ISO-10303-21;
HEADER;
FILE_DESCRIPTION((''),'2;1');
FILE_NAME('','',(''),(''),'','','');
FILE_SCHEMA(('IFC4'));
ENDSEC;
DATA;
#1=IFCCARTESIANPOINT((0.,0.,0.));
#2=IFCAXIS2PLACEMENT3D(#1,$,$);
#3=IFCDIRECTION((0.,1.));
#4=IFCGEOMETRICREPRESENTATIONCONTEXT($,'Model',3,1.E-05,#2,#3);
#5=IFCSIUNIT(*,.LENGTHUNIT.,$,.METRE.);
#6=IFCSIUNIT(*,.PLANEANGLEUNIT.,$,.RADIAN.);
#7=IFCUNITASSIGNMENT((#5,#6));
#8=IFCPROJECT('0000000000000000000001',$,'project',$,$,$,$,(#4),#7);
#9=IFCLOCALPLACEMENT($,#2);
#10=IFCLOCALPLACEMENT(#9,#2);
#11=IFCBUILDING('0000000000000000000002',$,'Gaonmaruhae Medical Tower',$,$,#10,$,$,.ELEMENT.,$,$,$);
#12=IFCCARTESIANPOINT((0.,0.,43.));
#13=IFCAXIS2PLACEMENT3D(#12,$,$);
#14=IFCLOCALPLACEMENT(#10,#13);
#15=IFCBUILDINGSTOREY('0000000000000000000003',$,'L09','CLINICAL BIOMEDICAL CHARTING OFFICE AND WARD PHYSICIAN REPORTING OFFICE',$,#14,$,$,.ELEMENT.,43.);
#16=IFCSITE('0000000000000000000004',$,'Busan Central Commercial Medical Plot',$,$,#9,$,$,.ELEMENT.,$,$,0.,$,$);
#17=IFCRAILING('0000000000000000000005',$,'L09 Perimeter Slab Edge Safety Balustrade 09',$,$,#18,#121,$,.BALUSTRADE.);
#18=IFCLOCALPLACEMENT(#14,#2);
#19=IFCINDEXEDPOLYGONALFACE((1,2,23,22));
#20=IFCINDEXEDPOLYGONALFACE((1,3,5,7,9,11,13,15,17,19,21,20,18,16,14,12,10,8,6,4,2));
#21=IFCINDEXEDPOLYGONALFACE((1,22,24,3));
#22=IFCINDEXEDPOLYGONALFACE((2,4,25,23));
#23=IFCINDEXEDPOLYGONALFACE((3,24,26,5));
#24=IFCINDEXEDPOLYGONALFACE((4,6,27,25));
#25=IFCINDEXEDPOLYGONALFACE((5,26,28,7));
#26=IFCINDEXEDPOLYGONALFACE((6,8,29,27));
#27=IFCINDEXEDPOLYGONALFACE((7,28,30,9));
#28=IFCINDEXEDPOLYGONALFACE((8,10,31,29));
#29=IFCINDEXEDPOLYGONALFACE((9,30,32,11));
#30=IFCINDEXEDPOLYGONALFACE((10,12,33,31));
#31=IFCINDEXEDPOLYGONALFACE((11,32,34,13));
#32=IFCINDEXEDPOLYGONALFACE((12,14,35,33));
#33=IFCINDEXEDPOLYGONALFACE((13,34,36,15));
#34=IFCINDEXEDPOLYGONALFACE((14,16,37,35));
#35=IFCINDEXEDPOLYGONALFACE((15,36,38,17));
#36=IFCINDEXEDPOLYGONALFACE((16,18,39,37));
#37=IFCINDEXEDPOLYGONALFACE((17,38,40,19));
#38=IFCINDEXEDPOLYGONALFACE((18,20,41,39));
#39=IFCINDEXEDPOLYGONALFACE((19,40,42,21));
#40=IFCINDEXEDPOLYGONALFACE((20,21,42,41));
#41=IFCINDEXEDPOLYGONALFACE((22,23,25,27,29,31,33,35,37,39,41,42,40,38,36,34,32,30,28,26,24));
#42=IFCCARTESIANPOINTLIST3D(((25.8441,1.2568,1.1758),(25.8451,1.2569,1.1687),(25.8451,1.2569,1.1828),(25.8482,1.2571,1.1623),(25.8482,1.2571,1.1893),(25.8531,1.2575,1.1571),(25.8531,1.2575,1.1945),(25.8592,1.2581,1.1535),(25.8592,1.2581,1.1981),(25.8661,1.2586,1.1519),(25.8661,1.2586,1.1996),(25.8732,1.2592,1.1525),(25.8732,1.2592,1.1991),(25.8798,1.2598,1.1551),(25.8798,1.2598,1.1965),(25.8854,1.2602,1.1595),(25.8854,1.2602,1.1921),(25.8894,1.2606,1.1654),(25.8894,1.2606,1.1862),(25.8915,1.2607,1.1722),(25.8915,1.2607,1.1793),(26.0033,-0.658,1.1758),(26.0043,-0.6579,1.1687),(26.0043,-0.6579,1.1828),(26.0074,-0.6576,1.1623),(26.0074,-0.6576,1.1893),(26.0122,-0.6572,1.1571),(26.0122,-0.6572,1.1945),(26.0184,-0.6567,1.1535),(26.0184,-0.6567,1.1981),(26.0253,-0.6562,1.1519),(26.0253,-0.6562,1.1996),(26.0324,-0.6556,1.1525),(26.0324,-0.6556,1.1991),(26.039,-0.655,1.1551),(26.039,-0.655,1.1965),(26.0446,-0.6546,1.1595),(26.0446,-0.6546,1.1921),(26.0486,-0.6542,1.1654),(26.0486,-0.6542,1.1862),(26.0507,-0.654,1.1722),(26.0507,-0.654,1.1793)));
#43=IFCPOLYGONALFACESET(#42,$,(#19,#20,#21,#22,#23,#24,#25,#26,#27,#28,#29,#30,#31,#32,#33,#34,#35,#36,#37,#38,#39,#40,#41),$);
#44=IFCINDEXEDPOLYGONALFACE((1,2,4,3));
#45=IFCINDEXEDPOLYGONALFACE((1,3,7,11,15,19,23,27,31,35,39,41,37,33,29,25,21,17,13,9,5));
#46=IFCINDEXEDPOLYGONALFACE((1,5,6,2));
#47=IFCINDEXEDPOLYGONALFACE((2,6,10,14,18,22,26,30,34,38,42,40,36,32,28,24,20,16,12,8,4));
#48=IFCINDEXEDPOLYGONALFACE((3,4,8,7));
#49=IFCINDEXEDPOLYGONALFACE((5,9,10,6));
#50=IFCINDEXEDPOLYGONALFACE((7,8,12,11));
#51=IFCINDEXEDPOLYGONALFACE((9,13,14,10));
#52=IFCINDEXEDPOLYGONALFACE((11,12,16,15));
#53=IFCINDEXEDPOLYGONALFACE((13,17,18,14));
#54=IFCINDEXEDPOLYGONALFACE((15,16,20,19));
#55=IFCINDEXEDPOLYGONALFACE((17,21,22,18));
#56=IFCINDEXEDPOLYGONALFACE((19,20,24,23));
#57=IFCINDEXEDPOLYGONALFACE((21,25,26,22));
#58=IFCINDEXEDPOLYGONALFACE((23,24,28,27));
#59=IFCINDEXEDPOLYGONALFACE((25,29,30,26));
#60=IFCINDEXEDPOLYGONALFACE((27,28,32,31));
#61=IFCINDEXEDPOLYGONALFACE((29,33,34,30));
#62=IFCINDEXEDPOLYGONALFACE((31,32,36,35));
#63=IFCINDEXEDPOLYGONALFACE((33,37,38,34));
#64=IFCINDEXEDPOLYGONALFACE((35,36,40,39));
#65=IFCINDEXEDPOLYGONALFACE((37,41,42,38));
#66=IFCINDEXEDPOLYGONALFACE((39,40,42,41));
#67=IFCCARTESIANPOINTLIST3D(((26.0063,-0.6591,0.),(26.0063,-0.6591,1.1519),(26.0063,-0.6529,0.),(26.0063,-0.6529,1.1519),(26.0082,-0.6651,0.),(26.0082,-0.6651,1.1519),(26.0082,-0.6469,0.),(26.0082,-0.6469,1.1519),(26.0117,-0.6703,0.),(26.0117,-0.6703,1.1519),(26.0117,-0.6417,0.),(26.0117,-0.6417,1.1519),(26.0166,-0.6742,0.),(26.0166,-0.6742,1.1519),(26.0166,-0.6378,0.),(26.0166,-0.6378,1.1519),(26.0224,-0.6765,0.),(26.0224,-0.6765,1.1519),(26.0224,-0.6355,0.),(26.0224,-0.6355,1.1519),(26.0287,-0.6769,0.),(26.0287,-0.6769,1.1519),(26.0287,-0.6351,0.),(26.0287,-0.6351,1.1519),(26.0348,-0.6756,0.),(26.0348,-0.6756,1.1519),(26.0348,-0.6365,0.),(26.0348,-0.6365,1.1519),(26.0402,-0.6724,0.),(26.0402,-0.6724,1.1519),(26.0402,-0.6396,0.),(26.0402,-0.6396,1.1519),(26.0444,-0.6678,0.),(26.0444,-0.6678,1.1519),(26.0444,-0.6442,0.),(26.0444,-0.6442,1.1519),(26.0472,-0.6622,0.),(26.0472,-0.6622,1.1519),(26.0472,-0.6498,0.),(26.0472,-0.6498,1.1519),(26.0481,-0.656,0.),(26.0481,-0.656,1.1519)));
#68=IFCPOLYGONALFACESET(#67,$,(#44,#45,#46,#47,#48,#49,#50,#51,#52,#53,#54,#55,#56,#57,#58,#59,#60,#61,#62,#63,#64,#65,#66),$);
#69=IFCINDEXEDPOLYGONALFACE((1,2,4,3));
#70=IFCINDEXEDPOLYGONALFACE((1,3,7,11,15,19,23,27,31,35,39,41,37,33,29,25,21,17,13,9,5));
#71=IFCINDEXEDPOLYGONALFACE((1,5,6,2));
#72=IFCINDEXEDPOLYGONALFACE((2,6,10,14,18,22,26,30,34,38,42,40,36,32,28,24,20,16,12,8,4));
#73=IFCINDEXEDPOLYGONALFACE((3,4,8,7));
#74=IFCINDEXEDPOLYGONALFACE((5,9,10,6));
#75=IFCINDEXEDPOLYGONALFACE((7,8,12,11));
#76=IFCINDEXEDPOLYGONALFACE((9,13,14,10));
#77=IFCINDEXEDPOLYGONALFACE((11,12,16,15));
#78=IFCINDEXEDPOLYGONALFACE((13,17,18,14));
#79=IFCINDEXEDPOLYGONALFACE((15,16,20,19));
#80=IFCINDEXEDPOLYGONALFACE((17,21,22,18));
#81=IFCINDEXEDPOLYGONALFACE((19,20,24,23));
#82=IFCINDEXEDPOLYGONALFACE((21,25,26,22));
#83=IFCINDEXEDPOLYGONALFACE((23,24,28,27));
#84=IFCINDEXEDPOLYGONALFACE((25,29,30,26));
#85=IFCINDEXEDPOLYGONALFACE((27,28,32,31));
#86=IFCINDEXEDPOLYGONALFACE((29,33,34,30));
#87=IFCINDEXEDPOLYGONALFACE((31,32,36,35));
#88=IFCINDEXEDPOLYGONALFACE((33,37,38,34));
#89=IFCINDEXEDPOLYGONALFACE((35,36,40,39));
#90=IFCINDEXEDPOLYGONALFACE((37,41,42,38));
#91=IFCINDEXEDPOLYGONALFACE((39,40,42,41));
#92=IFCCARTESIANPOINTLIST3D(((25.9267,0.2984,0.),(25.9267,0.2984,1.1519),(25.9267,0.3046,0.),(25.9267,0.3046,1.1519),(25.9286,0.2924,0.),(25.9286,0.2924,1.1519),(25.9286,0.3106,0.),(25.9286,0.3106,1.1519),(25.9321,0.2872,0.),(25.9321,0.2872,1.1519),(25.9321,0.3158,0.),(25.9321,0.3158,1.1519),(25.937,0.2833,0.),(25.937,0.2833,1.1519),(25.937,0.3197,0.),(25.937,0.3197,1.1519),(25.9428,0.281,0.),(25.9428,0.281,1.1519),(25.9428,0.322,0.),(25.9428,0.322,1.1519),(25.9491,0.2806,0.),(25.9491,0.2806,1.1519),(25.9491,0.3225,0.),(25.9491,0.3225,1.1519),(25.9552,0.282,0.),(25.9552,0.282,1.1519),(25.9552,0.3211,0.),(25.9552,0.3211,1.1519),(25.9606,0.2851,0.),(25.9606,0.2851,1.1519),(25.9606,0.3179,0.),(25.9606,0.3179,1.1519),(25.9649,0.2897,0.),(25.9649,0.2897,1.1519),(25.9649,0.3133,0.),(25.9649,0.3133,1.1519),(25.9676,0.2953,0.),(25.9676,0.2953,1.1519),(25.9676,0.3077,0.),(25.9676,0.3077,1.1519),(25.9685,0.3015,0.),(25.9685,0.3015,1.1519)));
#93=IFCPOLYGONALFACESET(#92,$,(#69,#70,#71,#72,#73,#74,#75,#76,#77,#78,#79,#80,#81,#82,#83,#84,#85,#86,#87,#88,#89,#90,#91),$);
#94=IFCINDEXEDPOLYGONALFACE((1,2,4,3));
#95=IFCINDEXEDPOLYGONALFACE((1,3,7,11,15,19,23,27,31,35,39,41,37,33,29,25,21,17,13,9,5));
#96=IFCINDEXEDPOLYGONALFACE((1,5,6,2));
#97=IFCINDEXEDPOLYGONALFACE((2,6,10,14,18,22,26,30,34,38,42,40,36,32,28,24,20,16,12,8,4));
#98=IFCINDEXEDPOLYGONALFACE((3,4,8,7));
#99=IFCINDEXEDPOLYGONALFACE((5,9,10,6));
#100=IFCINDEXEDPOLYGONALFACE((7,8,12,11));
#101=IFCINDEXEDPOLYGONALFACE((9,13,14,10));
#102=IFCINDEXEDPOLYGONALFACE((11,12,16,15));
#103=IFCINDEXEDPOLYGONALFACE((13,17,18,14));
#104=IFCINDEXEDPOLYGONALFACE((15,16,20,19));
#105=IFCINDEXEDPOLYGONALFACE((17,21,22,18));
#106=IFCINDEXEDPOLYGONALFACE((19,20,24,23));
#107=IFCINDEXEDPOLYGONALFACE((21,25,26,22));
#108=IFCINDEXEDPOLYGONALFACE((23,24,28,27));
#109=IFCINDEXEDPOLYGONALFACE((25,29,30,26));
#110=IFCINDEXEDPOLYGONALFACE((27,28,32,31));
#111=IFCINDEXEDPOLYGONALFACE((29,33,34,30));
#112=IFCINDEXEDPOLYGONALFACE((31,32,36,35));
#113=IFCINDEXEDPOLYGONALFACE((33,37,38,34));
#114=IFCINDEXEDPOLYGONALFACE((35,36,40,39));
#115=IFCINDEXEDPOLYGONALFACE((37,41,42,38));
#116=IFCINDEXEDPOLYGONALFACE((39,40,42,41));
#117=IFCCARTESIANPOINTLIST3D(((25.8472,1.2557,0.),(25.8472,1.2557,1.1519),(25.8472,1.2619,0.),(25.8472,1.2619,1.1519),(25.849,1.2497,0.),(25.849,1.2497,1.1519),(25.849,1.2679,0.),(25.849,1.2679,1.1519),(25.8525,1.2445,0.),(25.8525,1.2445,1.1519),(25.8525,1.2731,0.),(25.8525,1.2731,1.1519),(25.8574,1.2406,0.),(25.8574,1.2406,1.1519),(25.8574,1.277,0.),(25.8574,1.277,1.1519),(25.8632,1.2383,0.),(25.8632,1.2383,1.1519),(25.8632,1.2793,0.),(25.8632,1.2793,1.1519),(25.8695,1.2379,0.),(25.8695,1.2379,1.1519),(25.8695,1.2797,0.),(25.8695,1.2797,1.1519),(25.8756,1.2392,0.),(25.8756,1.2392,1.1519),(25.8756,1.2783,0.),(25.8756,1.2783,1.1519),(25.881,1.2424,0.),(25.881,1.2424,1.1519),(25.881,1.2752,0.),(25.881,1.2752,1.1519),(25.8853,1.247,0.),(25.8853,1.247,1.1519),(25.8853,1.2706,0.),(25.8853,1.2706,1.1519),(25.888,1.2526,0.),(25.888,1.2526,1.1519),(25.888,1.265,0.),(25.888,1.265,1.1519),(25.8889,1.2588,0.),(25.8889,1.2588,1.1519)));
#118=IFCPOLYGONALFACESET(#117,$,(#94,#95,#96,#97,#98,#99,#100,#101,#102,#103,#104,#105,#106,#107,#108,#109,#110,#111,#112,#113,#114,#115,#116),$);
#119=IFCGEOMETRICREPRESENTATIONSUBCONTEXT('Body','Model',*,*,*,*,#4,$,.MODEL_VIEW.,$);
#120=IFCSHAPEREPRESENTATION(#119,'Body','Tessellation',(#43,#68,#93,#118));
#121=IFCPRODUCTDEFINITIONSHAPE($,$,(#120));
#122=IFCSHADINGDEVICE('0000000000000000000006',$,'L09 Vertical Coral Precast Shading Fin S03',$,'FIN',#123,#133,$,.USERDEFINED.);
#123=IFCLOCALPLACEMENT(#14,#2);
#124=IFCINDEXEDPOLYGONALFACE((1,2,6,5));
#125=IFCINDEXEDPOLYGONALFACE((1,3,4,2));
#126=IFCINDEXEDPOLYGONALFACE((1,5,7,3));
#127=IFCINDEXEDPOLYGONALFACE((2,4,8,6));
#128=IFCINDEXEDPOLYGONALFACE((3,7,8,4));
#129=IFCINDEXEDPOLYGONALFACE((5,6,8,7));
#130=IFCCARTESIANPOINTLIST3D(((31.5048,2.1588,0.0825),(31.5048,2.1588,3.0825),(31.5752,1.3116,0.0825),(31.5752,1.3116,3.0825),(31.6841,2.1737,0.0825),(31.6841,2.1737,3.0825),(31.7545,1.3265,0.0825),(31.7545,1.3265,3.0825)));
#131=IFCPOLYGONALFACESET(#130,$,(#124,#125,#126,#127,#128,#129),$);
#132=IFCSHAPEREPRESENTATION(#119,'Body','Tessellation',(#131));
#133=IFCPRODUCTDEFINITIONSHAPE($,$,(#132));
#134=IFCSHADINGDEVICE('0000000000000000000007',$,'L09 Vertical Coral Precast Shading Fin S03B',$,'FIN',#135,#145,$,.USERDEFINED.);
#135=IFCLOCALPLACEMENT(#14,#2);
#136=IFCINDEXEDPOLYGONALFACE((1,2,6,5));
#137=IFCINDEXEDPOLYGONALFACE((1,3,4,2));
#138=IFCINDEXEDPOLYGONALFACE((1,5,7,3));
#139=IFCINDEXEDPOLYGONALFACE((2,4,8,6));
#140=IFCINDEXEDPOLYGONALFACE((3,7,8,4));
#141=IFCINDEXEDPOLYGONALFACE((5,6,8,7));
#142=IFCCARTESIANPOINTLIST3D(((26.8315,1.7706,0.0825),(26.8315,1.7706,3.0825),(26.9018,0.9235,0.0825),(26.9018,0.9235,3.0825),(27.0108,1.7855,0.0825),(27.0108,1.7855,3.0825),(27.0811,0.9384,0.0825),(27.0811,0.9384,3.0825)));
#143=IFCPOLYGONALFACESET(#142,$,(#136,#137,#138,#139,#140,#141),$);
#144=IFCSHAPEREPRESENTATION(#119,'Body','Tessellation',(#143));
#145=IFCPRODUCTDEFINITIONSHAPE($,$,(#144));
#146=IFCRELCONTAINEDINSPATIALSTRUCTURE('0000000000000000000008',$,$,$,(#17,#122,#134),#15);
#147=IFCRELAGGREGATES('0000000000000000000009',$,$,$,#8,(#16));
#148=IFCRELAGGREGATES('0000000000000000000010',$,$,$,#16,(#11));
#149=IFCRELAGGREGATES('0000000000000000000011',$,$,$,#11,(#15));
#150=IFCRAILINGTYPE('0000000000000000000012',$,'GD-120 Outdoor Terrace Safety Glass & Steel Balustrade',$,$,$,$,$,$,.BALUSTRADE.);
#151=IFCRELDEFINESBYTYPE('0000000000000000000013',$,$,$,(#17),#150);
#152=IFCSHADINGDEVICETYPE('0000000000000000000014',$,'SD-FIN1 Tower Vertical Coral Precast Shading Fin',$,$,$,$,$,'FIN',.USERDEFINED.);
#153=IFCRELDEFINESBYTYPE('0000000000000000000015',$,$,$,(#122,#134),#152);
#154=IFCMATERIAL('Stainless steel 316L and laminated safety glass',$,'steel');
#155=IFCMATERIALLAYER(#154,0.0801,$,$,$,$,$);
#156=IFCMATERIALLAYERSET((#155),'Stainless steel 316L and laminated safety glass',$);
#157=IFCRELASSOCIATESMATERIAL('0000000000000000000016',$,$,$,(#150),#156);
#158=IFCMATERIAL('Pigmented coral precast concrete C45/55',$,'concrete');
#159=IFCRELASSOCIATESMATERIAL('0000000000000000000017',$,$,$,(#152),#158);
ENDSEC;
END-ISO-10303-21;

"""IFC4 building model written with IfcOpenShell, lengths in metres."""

from ifc_helpers import new_model, si_unit, direction, frame, origin, origin_2d, place, context, subcontext, project, spatial, rectangle, circle, extrude, material, layer, layer_set, type_object, element, save


model = new_model("IFC4")

# Units and contexts
model_context = context("Model", 3, precision=1e-05, world=origin(), true_north=direction((0.0, 1.0)))
body_context = subcontext(model_context, "Body", "Model", "MODEL_VIEW")
ifc_project = project(units=[si_unit("LENGTHUNIT", "METRE"), si_unit("PLANEANGLEUNIT", "RADIAN")], contexts=[model_context])

# Site, building, storey
site_placement = place(None, origin())
site = spatial("IfcSite", under=ifc_project, at=site_placement, Name="Busan Central Commercial Medical Plot", CompositionType="ELEMENT", RefElevation=0.0)
building_placement = place(site_placement, origin())
building = spatial("IfcBuilding", under=site, at=building_placement, Name="Gaonmaruhae Medical Tower", CompositionType="ELEMENT")
storey_placement = place(building_placement, frame((0.0, 0.0, 43.0)))
storey = spatial("IfcBuildingStorey", under=building, at=storey_placement, Name="L09", Description="CLINICAL BIOMEDICAL CHARTING OFFICE AND WARD PHYSICIAN REPORTING OFFICE", CompositionType="ELEMENT", Elevation=43.0)

# Railing
ifc_material_1 = material(Name="Stainless steel 316L and laminated safety glass", Category="steel")
ifc_layer_1 = layer(ifc_material_1, 0.0801)
ifc_layer_set_1 = layer_set([ifc_layer_1], Name="Stainless steel 316L and laminated safety glass")
railing_type = type_object("IfcRailingType", Name="GD-120 Outdoor Terrace Safety Glass & Steel Balustrade", PredefinedType="BALUSTRADE", material=ifc_layer_set_1)
railing_1_placement = place(storey_placement, frame((26.0271, -0.656, 0.0)))
element("IfcRailing", 1, at=railing_1_placement, inside=storey, type_object=railing_type, Name="L09 Perimeter Slab Edge Safety Balustrade 09", PredefinedType="BALUSTRADE", context=body_context, shape_type="SweptSolid", body=[
    extrude(circle(Radius=0.0239, at=origin_2d()), frame((0.0, 0.0, 1.1758), z_axis=(-0.082846, 0.996562, 0.0), x_axis=(-0.996562, -0.082846, 0.0)), (0.0, 0.0, 1.0), 1.9214),
    extrude(circle(Radius=0.021, at=origin_2d()), origin(), (0.0, 0.0, 1.0), 1.1519),
    extrude(circle(Radius=0.021, at=origin_2d()), frame((-0.0796, 0.9575, 0.0)), (0.0, 0.0, 1.0), 1.1519),
    extrude(circle(Radius=0.021, at=origin_2d()), frame((-0.1592, 1.9148, 0.0)), (0.0, 0.0, 1.0), 1.1519),
])

# Shading devices
ifc_material_2 = material(Name="Pigmented coral precast concrete C45/55", Category="concrete")
shading_device_type = type_object("IfcShadingDeviceType", Name="SD-FIN1 Tower Vertical Coral Precast Shading Fin", ElementType="FIN", PredefinedType="USERDEFINED", material=ifc_material_2)
for number, where, z_axis, x_axis, name in (
    (2, (31.6296, 1.7427, 0.0825), (0.0, 0.0, 1.0), (-0.996567, -0.082791, 0.0), "L09 Vertical Coral Precast Shading Fin S03"),
    (3, (26.9563, 1.3545, 0.0825), (0.0, 0.0, 1.0), (-0.996567, -0.082791, 0.0), "L09 Vertical Coral Precast Shading Fin S03B"),
):
    element("IfcShadingDevice", number, at=place(storey_placement, frame(where, z_axis=z_axis, x_axis=x_axis)), inside=storey, type_object=shading_device_type, Name=name, ObjectType="FIN", PredefinedType="USERDEFINED", context=body_context, shape_type="SweptSolid", body=[
        extrude(rectangle(XDim=0.1799, YDim=0.8501, at=origin_2d()), origin(), (0.0, 0.0, 1.0), 3.0),
    ])

save(model, "model.ifc")
